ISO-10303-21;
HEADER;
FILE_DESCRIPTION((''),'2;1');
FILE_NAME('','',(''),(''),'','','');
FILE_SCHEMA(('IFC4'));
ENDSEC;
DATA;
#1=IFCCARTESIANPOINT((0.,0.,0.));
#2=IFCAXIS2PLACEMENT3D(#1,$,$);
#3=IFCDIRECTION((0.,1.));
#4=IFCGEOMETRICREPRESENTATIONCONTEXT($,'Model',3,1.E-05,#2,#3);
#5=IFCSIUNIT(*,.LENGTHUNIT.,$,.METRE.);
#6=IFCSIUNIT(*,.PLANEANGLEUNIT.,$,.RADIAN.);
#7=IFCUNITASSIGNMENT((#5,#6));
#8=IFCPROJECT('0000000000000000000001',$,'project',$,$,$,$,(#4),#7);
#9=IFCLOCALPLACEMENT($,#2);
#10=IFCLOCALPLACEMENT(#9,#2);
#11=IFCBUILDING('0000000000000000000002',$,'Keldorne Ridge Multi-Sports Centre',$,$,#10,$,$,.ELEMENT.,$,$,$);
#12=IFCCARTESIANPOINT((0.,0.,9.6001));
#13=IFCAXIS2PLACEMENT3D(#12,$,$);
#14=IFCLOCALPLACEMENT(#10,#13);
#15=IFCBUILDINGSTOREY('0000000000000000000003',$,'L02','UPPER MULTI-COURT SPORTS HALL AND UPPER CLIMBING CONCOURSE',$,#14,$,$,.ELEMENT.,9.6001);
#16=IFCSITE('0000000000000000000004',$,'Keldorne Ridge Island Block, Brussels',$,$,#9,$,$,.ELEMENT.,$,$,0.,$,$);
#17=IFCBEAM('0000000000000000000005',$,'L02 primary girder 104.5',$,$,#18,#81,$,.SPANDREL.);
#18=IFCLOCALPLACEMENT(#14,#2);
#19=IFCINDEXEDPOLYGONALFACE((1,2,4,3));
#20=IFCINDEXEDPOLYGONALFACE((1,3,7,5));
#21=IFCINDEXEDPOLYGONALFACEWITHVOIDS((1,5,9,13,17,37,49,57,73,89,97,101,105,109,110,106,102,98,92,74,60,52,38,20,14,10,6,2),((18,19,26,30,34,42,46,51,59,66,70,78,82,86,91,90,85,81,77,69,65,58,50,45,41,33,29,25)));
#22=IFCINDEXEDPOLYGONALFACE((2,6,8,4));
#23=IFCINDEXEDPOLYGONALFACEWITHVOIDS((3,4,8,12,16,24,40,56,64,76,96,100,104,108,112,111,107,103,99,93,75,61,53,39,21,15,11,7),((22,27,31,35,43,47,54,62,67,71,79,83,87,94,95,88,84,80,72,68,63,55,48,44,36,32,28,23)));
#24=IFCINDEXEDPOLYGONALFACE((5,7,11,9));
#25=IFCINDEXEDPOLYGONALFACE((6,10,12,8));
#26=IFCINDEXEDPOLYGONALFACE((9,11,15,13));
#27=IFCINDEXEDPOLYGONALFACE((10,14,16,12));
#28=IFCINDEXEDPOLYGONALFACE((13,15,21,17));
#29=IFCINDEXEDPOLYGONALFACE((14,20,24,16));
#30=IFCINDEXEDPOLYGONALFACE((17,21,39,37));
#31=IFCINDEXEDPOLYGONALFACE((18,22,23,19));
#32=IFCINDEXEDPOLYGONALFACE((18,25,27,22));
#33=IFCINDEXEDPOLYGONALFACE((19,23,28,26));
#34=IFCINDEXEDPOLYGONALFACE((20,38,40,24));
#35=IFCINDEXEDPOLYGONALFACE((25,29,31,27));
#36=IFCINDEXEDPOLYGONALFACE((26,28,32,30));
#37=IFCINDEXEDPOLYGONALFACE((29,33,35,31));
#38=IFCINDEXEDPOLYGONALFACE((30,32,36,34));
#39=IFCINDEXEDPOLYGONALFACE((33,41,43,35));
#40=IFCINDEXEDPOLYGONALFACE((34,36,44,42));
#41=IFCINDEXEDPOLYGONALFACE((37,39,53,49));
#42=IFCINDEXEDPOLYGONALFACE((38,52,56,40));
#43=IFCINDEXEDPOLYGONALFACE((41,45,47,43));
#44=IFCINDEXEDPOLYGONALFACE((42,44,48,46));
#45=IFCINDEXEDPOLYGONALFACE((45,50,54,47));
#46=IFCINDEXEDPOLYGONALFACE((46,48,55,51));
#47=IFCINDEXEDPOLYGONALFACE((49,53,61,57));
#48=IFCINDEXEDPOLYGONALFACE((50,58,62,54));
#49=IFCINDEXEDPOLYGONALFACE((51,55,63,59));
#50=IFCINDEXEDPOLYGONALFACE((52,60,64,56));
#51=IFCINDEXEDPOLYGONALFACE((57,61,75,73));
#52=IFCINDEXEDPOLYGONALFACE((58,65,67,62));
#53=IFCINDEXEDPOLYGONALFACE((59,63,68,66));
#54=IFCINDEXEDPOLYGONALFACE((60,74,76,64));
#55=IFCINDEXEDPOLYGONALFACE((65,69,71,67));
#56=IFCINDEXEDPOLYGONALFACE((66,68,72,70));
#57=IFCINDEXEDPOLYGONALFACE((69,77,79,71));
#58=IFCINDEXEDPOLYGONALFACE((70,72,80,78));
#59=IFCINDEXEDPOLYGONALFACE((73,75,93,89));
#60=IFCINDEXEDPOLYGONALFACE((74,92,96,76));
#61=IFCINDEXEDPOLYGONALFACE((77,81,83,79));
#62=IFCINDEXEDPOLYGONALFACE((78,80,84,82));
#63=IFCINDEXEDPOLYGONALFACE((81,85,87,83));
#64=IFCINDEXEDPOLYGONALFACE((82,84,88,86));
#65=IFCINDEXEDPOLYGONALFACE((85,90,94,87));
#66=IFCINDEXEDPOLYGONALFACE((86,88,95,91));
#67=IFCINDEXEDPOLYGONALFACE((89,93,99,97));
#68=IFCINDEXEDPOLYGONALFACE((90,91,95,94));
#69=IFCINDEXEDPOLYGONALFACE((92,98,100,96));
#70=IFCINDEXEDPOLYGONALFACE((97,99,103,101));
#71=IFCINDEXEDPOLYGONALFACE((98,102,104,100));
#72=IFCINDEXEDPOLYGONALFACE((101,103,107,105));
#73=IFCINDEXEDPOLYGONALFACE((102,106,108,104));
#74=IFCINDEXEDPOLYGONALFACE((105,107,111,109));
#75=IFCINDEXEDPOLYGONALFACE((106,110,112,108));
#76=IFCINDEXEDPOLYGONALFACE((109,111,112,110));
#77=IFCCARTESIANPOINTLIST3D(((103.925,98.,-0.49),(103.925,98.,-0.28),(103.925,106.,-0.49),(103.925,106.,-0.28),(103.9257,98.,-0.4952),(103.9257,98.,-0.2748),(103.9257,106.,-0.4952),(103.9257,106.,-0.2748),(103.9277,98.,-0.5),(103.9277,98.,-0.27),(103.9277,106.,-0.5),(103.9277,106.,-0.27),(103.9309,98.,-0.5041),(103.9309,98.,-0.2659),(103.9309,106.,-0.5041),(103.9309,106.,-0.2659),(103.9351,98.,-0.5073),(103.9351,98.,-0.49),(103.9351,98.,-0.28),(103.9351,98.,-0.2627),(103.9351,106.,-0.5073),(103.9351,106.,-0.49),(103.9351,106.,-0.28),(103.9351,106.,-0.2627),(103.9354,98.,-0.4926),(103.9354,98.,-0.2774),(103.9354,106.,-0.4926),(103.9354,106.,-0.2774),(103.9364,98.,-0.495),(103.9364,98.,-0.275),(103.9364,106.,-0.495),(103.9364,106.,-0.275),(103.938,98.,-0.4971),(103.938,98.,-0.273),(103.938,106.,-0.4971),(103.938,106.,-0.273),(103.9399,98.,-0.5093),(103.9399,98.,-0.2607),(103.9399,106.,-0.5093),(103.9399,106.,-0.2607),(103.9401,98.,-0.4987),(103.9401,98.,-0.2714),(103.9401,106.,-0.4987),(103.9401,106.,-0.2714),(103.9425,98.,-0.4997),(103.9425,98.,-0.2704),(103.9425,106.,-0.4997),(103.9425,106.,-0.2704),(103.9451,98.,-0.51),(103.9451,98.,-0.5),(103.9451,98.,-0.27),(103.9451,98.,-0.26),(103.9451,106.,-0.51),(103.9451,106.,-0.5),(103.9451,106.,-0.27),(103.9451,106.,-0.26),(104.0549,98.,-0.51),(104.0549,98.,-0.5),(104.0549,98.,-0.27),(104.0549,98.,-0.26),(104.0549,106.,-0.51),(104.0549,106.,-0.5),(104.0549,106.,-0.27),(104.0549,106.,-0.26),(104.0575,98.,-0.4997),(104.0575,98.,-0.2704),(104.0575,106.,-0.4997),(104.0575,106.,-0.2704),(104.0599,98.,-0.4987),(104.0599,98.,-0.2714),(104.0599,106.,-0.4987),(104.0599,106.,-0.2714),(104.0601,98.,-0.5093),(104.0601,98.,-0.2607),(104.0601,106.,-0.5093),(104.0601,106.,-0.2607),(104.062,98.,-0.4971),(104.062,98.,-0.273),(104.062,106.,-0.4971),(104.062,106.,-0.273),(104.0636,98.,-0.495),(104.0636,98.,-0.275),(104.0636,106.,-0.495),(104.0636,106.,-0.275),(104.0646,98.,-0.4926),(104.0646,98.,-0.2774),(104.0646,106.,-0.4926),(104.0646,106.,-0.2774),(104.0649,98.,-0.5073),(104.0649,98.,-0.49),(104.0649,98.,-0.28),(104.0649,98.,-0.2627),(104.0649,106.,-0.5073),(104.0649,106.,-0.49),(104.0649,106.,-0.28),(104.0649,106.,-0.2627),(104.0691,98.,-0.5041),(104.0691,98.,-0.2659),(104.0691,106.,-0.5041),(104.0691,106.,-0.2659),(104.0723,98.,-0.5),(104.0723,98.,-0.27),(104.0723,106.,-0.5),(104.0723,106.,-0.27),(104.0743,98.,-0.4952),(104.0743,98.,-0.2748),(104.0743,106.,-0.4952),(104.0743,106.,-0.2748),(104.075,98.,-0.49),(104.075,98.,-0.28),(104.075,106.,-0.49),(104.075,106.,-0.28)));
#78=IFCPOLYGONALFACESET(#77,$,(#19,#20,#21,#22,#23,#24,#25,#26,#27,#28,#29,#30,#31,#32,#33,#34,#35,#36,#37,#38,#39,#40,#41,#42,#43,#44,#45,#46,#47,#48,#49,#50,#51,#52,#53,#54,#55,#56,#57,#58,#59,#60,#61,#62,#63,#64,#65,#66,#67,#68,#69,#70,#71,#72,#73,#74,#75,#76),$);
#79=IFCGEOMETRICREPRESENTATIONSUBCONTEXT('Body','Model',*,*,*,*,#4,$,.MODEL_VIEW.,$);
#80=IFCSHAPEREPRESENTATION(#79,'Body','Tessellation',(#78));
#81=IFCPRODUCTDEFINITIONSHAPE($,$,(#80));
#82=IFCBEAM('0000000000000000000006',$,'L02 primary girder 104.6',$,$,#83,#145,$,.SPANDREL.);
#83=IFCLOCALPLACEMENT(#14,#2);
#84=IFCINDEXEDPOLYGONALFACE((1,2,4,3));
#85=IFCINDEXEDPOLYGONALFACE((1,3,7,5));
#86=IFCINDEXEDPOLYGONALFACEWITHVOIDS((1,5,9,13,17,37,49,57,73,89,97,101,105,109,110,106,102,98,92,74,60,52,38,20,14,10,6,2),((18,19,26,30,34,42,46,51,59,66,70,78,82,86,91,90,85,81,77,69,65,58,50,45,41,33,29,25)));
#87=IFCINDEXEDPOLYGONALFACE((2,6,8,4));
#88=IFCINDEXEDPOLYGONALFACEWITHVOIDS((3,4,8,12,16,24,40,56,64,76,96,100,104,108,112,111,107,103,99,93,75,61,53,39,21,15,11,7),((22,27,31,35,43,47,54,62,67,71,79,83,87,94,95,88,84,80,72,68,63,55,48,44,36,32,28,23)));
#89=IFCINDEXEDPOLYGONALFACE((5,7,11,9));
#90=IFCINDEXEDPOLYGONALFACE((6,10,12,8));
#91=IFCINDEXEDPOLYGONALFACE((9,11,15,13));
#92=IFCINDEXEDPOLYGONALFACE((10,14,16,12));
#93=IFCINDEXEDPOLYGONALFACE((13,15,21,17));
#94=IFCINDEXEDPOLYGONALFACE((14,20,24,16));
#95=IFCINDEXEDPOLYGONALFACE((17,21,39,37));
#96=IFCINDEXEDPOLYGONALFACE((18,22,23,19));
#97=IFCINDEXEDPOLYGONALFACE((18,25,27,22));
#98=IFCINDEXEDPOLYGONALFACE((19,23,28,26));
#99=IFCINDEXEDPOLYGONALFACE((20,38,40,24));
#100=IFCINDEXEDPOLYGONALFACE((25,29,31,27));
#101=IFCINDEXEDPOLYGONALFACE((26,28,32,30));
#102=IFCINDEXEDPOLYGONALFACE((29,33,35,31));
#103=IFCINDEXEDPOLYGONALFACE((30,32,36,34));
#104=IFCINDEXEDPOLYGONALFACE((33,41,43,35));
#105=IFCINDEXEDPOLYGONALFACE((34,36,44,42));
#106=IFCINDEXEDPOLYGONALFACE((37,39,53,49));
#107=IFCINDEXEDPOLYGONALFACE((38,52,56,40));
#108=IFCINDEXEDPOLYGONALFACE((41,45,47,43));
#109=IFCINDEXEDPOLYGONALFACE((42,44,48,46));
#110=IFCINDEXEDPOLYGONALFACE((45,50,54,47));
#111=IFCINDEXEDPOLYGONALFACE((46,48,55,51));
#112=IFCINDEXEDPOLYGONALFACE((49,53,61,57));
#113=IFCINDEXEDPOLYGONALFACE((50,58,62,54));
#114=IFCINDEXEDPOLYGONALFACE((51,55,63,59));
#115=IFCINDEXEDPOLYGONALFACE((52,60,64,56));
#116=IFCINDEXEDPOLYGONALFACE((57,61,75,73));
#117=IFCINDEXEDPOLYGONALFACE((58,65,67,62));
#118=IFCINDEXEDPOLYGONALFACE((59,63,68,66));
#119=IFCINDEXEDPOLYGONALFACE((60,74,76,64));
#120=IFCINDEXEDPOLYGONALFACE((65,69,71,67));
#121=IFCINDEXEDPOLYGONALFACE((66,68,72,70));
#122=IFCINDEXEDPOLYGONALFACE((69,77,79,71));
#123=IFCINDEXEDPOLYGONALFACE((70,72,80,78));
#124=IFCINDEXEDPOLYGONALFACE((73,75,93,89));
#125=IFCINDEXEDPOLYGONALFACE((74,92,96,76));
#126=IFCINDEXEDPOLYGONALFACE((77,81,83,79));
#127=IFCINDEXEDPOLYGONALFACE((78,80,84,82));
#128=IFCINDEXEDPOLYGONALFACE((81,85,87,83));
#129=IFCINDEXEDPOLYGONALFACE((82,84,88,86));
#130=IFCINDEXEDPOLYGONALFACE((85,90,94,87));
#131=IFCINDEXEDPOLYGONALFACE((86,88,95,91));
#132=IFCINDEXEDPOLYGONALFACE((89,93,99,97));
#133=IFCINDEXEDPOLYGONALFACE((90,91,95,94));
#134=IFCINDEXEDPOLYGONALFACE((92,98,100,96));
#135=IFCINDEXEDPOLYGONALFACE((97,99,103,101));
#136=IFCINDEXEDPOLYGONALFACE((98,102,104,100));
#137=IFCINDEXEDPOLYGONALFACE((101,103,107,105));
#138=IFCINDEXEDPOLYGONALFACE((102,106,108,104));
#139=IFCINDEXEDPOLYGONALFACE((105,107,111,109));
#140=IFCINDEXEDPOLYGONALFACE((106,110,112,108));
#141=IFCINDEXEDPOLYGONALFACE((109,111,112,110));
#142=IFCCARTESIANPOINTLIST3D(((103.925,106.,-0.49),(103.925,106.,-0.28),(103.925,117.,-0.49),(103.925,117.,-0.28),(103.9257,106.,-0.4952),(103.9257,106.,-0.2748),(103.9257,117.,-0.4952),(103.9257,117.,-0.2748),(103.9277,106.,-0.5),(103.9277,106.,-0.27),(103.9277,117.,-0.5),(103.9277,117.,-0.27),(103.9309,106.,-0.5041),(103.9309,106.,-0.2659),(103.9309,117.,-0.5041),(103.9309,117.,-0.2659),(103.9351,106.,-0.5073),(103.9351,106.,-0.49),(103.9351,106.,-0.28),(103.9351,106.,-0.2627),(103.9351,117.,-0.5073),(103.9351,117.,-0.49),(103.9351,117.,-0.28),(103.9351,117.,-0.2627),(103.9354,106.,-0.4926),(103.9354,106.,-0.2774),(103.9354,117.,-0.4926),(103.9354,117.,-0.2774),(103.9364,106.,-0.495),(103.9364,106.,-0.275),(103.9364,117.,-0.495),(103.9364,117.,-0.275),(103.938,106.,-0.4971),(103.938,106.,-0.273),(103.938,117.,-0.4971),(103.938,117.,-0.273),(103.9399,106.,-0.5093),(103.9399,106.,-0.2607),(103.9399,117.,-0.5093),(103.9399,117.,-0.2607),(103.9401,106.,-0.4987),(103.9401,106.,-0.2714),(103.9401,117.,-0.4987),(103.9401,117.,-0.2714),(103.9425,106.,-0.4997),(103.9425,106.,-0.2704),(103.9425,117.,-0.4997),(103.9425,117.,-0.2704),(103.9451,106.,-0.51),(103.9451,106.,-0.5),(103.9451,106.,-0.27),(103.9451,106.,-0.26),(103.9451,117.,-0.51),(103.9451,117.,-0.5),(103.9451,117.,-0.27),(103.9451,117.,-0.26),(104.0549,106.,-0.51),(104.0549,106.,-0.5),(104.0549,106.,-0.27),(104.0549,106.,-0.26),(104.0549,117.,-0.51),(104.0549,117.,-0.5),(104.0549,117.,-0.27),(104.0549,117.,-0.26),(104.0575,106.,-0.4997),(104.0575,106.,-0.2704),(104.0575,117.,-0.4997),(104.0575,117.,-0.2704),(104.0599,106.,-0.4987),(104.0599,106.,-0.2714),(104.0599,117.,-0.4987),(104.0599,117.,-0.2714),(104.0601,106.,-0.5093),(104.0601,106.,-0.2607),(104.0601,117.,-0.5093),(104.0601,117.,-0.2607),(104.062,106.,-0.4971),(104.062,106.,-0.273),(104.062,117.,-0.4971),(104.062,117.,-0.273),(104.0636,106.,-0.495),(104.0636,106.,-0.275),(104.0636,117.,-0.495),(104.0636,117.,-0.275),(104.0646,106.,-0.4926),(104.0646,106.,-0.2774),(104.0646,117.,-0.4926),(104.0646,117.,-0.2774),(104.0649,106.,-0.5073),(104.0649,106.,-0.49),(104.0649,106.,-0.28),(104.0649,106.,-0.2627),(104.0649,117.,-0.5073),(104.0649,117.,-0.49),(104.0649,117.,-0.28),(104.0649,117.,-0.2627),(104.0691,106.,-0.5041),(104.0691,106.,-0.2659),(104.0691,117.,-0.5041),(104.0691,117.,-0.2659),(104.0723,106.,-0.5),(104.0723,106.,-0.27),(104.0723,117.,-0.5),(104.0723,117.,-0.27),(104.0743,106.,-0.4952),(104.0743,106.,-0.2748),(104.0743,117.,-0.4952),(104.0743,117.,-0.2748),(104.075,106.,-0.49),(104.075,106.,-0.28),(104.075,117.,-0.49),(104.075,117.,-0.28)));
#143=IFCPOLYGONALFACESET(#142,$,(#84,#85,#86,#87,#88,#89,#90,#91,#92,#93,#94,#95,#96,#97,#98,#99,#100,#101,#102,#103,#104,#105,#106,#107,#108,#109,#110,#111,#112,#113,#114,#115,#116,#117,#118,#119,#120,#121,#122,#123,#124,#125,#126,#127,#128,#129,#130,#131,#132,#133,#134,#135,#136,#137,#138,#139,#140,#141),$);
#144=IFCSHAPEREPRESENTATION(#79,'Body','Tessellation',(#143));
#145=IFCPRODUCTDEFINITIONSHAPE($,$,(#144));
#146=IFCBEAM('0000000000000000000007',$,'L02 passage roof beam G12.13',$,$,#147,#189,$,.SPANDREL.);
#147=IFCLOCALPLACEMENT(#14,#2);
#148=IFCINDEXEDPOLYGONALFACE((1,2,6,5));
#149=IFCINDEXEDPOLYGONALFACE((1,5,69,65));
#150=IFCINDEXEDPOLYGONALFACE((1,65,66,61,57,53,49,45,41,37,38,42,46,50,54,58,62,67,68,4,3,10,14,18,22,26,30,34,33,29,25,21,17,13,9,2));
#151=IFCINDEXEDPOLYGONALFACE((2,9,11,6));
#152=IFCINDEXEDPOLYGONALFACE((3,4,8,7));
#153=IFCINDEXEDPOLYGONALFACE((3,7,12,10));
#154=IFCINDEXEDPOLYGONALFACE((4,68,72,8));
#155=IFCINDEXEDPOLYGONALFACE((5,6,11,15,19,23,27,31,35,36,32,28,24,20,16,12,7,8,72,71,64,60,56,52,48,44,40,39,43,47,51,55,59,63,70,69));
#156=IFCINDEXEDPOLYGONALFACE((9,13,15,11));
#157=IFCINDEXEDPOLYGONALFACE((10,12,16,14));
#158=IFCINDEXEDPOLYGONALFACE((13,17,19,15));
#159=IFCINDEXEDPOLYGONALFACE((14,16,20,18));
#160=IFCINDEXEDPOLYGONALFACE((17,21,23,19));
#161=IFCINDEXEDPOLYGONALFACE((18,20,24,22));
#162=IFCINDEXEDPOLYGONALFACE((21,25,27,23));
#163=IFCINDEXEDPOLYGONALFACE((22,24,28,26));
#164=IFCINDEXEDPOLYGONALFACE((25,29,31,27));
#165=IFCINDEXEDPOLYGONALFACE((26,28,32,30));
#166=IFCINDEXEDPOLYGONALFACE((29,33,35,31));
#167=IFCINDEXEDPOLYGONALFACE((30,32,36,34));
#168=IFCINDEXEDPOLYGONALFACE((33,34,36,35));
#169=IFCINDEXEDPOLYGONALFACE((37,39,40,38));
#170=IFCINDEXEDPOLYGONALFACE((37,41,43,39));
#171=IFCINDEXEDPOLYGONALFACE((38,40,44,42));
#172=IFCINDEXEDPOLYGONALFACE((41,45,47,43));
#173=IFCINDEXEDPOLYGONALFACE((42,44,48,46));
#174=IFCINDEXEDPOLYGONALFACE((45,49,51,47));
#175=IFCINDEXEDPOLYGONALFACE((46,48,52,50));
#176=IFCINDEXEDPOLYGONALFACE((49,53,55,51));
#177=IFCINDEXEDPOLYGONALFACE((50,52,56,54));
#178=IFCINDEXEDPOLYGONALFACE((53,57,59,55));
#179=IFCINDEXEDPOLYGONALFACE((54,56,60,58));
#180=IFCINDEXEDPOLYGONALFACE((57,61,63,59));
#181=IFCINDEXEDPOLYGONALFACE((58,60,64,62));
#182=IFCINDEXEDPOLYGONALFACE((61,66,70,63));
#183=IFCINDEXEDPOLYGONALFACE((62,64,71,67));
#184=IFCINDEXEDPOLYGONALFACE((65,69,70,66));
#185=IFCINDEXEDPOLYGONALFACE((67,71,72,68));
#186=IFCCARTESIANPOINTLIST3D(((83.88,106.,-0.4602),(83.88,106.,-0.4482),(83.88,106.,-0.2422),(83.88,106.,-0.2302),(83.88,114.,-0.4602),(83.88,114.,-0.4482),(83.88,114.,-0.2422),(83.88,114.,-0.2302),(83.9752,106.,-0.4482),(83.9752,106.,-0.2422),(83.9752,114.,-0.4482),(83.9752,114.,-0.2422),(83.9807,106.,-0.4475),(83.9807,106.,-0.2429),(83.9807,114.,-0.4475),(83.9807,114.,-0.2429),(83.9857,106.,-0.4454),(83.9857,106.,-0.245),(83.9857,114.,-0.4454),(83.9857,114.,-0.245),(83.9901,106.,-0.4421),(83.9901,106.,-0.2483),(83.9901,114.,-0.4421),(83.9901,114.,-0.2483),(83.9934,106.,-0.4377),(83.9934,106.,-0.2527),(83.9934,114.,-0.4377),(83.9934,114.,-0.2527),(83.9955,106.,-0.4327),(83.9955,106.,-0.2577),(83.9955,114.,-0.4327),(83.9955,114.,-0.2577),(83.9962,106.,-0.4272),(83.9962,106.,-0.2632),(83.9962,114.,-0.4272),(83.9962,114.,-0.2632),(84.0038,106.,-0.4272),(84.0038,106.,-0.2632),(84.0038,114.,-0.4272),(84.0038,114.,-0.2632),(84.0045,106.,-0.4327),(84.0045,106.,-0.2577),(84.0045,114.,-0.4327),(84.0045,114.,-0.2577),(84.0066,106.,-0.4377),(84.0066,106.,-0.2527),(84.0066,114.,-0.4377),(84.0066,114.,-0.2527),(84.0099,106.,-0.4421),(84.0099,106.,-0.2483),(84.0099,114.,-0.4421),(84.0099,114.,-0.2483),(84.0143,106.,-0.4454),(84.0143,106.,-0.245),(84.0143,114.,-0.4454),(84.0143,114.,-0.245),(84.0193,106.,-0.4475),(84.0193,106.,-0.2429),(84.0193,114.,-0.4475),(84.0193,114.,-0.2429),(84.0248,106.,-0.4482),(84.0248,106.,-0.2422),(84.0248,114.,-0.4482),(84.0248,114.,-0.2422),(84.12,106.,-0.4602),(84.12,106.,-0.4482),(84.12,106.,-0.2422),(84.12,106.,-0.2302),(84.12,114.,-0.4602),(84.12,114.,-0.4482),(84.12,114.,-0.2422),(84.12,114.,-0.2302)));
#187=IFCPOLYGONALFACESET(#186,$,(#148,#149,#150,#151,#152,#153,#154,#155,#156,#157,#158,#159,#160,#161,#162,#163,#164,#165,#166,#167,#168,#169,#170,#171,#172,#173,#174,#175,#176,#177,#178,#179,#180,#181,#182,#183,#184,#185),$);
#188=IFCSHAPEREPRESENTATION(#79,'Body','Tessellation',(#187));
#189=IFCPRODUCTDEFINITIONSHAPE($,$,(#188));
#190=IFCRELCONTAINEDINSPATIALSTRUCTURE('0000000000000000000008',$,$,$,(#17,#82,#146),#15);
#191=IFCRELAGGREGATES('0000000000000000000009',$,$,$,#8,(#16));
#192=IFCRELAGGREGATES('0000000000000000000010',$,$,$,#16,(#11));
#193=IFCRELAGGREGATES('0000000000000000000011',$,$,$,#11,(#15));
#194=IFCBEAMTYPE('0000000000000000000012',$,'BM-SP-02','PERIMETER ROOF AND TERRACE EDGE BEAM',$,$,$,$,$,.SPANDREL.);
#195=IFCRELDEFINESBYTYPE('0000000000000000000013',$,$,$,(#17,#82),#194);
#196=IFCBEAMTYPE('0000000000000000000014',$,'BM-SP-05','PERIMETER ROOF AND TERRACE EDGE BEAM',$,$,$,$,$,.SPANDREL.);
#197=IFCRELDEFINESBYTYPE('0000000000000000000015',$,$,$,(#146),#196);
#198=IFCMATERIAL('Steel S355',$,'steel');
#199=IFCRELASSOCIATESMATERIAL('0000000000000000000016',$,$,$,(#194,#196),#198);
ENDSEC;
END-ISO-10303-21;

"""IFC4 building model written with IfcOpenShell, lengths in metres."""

from ifc_helpers import new_model, si_unit, direction, frame, origin, origin_2d, place, context, subcontext, project, spatial, hollow_rectangle, i_section, extrude, material, material_profile, profile_set, type_object, element, save


model = new_model("IFC4")

# Units and contexts
model_context = context("Model", 3, precision=1e-05, world=origin(), true_north=direction((0.0, 1.0)))
body_context = subcontext(model_context, "Body", "Model", "MODEL_VIEW")
ifc_project = project(units=[si_unit("LENGTHUNIT", "METRE"), si_unit("PLANEANGLEUNIT", "RADIAN")], contexts=[model_context])

# Site, building, storey
site_placement = place(None, origin())
site = spatial("IfcSite", under=ifc_project, at=site_placement, Name="Keldorne Ridge Island Block, Brussels", CompositionType="ELEMENT", RefElevation=0.0)
building_placement = place(site_placement, origin())
building = spatial("IfcBuilding", under=site, at=building_placement, Name="Keldorne Ridge Multi-Sports Centre", CompositionType="ELEMENT")
storey_placement = place(building_placement, frame((0.0, 0.0, 9.6001)))
storey = spatial("IfcBuildingStorey", under=building, at=storey_placement, Name="L02", Description="UPPER MULTI-COURT SPORTS HALL AND UPPER CLIMBING CONCOURSE", CompositionType="ELEMENT", Elevation=9.6001)

# Shared definitions
ifc_material_1 = material(Name="Steel S355", Category="steel")

# Beams
ifc_material_profile_1 = material_profile(ifc_material_1, hollow_rectangle(XDim=0.1499, YDim=0.25, WallThickness=0.01, InnerFilletRadius=0.01, OuterFilletRadius=0.02, at=origin_2d()), Name="RHS 250x150x10")
ifc_profile_set_1 = profile_set([ifc_material_profile_1], Name="Steel S355")
beam_type_1 = type_object("IfcBeamType", Name="BM-SP-02", Description="PERIMETER ROOF AND TERRACE EDGE BEAM", PredefinedType="SPANDREL", material=ifc_profile_set_1)
beam_1_placement = place(storey_placement, frame((104.0, 98.0, -0.385), z_axis=(0.0, 1.0, 0.0), x_axis=(-1.0, 0.0, 0.0)))
element("IfcBeam", 1, at=beam_1_placement, inside=storey, type_object=beam_type_1, Name="L02 primary girder 104.5", PredefinedType="SPANDREL", context=body_context, shape_type="SweptSolid", body=[
    extrude(hollow_rectangle(XDim=0.1499, YDim=0.25, WallThickness=0.01, InnerFilletRadius=0.01, OuterFilletRadius=0.02, at=origin_2d()), origin(), (0.0, 0.0, 1.0), 8.0),
])
beam_2_placement = place(storey_placement, frame((104.0, 106.0, -0.385), z_axis=(0.0, 1.0, 0.0), x_axis=(-1.0, 0.0, 0.0)))
element("IfcBeam", 2, at=beam_2_placement, inside=storey, type_object=beam_type_1, Name="L02 primary girder 104.6", PredefinedType="SPANDREL", context=body_context, shape_type="SweptSolid", body=[
    extrude(hollow_rectangle(XDim=0.1499, YDim=0.25, WallThickness=0.01, InnerFilletRadius=0.01, OuterFilletRadius=0.02, at=origin_2d()), origin(), (0.0, 0.0, 1.0), 11.0),
])
ifc_material_profile_2 = material_profile(ifc_material_1, i_section(OverallWidth=0.24, OverallDepth=0.23, WebThickness=0.0076, FlangeThickness=0.012, FilletRadius=0.021, at=origin_2d()), Name="HEA 240")
ifc_profile_set_2 = profile_set([ifc_material_profile_2], Name="Steel S355")
beam_type_2 = type_object("IfcBeamType", Name="BM-SP-05", Description="PERIMETER ROOF AND TERRACE EDGE BEAM", PredefinedType="SPANDREL", material=ifc_profile_set_2)
for number, where, z_axis, x_axis, name in (
    (3, (84.0, 106.0, -0.3452), (0.0, 1.0, 0.0), (-1.0, 0.0, 0.0), "L02 passage roof beam G12.13"),
):
    element("IfcBeam", number, at=place(storey_placement, frame(where, z_axis=z_axis, x_axis=x_axis)), inside=storey, type_object=beam_type_2, Name=name, PredefinedType="SPANDREL", context=body_context, shape_type="SweptSolid", body=[
        extrude(i_section(OverallWidth=0.24, OverallDepth=0.23, WebThickness=0.0076, FlangeThickness=0.012, FilletRadius=0.021, at=origin_2d()), origin(), (0.0, 0.0, 1.0), 8.0),
    ])

save(model, "model.ifc")
